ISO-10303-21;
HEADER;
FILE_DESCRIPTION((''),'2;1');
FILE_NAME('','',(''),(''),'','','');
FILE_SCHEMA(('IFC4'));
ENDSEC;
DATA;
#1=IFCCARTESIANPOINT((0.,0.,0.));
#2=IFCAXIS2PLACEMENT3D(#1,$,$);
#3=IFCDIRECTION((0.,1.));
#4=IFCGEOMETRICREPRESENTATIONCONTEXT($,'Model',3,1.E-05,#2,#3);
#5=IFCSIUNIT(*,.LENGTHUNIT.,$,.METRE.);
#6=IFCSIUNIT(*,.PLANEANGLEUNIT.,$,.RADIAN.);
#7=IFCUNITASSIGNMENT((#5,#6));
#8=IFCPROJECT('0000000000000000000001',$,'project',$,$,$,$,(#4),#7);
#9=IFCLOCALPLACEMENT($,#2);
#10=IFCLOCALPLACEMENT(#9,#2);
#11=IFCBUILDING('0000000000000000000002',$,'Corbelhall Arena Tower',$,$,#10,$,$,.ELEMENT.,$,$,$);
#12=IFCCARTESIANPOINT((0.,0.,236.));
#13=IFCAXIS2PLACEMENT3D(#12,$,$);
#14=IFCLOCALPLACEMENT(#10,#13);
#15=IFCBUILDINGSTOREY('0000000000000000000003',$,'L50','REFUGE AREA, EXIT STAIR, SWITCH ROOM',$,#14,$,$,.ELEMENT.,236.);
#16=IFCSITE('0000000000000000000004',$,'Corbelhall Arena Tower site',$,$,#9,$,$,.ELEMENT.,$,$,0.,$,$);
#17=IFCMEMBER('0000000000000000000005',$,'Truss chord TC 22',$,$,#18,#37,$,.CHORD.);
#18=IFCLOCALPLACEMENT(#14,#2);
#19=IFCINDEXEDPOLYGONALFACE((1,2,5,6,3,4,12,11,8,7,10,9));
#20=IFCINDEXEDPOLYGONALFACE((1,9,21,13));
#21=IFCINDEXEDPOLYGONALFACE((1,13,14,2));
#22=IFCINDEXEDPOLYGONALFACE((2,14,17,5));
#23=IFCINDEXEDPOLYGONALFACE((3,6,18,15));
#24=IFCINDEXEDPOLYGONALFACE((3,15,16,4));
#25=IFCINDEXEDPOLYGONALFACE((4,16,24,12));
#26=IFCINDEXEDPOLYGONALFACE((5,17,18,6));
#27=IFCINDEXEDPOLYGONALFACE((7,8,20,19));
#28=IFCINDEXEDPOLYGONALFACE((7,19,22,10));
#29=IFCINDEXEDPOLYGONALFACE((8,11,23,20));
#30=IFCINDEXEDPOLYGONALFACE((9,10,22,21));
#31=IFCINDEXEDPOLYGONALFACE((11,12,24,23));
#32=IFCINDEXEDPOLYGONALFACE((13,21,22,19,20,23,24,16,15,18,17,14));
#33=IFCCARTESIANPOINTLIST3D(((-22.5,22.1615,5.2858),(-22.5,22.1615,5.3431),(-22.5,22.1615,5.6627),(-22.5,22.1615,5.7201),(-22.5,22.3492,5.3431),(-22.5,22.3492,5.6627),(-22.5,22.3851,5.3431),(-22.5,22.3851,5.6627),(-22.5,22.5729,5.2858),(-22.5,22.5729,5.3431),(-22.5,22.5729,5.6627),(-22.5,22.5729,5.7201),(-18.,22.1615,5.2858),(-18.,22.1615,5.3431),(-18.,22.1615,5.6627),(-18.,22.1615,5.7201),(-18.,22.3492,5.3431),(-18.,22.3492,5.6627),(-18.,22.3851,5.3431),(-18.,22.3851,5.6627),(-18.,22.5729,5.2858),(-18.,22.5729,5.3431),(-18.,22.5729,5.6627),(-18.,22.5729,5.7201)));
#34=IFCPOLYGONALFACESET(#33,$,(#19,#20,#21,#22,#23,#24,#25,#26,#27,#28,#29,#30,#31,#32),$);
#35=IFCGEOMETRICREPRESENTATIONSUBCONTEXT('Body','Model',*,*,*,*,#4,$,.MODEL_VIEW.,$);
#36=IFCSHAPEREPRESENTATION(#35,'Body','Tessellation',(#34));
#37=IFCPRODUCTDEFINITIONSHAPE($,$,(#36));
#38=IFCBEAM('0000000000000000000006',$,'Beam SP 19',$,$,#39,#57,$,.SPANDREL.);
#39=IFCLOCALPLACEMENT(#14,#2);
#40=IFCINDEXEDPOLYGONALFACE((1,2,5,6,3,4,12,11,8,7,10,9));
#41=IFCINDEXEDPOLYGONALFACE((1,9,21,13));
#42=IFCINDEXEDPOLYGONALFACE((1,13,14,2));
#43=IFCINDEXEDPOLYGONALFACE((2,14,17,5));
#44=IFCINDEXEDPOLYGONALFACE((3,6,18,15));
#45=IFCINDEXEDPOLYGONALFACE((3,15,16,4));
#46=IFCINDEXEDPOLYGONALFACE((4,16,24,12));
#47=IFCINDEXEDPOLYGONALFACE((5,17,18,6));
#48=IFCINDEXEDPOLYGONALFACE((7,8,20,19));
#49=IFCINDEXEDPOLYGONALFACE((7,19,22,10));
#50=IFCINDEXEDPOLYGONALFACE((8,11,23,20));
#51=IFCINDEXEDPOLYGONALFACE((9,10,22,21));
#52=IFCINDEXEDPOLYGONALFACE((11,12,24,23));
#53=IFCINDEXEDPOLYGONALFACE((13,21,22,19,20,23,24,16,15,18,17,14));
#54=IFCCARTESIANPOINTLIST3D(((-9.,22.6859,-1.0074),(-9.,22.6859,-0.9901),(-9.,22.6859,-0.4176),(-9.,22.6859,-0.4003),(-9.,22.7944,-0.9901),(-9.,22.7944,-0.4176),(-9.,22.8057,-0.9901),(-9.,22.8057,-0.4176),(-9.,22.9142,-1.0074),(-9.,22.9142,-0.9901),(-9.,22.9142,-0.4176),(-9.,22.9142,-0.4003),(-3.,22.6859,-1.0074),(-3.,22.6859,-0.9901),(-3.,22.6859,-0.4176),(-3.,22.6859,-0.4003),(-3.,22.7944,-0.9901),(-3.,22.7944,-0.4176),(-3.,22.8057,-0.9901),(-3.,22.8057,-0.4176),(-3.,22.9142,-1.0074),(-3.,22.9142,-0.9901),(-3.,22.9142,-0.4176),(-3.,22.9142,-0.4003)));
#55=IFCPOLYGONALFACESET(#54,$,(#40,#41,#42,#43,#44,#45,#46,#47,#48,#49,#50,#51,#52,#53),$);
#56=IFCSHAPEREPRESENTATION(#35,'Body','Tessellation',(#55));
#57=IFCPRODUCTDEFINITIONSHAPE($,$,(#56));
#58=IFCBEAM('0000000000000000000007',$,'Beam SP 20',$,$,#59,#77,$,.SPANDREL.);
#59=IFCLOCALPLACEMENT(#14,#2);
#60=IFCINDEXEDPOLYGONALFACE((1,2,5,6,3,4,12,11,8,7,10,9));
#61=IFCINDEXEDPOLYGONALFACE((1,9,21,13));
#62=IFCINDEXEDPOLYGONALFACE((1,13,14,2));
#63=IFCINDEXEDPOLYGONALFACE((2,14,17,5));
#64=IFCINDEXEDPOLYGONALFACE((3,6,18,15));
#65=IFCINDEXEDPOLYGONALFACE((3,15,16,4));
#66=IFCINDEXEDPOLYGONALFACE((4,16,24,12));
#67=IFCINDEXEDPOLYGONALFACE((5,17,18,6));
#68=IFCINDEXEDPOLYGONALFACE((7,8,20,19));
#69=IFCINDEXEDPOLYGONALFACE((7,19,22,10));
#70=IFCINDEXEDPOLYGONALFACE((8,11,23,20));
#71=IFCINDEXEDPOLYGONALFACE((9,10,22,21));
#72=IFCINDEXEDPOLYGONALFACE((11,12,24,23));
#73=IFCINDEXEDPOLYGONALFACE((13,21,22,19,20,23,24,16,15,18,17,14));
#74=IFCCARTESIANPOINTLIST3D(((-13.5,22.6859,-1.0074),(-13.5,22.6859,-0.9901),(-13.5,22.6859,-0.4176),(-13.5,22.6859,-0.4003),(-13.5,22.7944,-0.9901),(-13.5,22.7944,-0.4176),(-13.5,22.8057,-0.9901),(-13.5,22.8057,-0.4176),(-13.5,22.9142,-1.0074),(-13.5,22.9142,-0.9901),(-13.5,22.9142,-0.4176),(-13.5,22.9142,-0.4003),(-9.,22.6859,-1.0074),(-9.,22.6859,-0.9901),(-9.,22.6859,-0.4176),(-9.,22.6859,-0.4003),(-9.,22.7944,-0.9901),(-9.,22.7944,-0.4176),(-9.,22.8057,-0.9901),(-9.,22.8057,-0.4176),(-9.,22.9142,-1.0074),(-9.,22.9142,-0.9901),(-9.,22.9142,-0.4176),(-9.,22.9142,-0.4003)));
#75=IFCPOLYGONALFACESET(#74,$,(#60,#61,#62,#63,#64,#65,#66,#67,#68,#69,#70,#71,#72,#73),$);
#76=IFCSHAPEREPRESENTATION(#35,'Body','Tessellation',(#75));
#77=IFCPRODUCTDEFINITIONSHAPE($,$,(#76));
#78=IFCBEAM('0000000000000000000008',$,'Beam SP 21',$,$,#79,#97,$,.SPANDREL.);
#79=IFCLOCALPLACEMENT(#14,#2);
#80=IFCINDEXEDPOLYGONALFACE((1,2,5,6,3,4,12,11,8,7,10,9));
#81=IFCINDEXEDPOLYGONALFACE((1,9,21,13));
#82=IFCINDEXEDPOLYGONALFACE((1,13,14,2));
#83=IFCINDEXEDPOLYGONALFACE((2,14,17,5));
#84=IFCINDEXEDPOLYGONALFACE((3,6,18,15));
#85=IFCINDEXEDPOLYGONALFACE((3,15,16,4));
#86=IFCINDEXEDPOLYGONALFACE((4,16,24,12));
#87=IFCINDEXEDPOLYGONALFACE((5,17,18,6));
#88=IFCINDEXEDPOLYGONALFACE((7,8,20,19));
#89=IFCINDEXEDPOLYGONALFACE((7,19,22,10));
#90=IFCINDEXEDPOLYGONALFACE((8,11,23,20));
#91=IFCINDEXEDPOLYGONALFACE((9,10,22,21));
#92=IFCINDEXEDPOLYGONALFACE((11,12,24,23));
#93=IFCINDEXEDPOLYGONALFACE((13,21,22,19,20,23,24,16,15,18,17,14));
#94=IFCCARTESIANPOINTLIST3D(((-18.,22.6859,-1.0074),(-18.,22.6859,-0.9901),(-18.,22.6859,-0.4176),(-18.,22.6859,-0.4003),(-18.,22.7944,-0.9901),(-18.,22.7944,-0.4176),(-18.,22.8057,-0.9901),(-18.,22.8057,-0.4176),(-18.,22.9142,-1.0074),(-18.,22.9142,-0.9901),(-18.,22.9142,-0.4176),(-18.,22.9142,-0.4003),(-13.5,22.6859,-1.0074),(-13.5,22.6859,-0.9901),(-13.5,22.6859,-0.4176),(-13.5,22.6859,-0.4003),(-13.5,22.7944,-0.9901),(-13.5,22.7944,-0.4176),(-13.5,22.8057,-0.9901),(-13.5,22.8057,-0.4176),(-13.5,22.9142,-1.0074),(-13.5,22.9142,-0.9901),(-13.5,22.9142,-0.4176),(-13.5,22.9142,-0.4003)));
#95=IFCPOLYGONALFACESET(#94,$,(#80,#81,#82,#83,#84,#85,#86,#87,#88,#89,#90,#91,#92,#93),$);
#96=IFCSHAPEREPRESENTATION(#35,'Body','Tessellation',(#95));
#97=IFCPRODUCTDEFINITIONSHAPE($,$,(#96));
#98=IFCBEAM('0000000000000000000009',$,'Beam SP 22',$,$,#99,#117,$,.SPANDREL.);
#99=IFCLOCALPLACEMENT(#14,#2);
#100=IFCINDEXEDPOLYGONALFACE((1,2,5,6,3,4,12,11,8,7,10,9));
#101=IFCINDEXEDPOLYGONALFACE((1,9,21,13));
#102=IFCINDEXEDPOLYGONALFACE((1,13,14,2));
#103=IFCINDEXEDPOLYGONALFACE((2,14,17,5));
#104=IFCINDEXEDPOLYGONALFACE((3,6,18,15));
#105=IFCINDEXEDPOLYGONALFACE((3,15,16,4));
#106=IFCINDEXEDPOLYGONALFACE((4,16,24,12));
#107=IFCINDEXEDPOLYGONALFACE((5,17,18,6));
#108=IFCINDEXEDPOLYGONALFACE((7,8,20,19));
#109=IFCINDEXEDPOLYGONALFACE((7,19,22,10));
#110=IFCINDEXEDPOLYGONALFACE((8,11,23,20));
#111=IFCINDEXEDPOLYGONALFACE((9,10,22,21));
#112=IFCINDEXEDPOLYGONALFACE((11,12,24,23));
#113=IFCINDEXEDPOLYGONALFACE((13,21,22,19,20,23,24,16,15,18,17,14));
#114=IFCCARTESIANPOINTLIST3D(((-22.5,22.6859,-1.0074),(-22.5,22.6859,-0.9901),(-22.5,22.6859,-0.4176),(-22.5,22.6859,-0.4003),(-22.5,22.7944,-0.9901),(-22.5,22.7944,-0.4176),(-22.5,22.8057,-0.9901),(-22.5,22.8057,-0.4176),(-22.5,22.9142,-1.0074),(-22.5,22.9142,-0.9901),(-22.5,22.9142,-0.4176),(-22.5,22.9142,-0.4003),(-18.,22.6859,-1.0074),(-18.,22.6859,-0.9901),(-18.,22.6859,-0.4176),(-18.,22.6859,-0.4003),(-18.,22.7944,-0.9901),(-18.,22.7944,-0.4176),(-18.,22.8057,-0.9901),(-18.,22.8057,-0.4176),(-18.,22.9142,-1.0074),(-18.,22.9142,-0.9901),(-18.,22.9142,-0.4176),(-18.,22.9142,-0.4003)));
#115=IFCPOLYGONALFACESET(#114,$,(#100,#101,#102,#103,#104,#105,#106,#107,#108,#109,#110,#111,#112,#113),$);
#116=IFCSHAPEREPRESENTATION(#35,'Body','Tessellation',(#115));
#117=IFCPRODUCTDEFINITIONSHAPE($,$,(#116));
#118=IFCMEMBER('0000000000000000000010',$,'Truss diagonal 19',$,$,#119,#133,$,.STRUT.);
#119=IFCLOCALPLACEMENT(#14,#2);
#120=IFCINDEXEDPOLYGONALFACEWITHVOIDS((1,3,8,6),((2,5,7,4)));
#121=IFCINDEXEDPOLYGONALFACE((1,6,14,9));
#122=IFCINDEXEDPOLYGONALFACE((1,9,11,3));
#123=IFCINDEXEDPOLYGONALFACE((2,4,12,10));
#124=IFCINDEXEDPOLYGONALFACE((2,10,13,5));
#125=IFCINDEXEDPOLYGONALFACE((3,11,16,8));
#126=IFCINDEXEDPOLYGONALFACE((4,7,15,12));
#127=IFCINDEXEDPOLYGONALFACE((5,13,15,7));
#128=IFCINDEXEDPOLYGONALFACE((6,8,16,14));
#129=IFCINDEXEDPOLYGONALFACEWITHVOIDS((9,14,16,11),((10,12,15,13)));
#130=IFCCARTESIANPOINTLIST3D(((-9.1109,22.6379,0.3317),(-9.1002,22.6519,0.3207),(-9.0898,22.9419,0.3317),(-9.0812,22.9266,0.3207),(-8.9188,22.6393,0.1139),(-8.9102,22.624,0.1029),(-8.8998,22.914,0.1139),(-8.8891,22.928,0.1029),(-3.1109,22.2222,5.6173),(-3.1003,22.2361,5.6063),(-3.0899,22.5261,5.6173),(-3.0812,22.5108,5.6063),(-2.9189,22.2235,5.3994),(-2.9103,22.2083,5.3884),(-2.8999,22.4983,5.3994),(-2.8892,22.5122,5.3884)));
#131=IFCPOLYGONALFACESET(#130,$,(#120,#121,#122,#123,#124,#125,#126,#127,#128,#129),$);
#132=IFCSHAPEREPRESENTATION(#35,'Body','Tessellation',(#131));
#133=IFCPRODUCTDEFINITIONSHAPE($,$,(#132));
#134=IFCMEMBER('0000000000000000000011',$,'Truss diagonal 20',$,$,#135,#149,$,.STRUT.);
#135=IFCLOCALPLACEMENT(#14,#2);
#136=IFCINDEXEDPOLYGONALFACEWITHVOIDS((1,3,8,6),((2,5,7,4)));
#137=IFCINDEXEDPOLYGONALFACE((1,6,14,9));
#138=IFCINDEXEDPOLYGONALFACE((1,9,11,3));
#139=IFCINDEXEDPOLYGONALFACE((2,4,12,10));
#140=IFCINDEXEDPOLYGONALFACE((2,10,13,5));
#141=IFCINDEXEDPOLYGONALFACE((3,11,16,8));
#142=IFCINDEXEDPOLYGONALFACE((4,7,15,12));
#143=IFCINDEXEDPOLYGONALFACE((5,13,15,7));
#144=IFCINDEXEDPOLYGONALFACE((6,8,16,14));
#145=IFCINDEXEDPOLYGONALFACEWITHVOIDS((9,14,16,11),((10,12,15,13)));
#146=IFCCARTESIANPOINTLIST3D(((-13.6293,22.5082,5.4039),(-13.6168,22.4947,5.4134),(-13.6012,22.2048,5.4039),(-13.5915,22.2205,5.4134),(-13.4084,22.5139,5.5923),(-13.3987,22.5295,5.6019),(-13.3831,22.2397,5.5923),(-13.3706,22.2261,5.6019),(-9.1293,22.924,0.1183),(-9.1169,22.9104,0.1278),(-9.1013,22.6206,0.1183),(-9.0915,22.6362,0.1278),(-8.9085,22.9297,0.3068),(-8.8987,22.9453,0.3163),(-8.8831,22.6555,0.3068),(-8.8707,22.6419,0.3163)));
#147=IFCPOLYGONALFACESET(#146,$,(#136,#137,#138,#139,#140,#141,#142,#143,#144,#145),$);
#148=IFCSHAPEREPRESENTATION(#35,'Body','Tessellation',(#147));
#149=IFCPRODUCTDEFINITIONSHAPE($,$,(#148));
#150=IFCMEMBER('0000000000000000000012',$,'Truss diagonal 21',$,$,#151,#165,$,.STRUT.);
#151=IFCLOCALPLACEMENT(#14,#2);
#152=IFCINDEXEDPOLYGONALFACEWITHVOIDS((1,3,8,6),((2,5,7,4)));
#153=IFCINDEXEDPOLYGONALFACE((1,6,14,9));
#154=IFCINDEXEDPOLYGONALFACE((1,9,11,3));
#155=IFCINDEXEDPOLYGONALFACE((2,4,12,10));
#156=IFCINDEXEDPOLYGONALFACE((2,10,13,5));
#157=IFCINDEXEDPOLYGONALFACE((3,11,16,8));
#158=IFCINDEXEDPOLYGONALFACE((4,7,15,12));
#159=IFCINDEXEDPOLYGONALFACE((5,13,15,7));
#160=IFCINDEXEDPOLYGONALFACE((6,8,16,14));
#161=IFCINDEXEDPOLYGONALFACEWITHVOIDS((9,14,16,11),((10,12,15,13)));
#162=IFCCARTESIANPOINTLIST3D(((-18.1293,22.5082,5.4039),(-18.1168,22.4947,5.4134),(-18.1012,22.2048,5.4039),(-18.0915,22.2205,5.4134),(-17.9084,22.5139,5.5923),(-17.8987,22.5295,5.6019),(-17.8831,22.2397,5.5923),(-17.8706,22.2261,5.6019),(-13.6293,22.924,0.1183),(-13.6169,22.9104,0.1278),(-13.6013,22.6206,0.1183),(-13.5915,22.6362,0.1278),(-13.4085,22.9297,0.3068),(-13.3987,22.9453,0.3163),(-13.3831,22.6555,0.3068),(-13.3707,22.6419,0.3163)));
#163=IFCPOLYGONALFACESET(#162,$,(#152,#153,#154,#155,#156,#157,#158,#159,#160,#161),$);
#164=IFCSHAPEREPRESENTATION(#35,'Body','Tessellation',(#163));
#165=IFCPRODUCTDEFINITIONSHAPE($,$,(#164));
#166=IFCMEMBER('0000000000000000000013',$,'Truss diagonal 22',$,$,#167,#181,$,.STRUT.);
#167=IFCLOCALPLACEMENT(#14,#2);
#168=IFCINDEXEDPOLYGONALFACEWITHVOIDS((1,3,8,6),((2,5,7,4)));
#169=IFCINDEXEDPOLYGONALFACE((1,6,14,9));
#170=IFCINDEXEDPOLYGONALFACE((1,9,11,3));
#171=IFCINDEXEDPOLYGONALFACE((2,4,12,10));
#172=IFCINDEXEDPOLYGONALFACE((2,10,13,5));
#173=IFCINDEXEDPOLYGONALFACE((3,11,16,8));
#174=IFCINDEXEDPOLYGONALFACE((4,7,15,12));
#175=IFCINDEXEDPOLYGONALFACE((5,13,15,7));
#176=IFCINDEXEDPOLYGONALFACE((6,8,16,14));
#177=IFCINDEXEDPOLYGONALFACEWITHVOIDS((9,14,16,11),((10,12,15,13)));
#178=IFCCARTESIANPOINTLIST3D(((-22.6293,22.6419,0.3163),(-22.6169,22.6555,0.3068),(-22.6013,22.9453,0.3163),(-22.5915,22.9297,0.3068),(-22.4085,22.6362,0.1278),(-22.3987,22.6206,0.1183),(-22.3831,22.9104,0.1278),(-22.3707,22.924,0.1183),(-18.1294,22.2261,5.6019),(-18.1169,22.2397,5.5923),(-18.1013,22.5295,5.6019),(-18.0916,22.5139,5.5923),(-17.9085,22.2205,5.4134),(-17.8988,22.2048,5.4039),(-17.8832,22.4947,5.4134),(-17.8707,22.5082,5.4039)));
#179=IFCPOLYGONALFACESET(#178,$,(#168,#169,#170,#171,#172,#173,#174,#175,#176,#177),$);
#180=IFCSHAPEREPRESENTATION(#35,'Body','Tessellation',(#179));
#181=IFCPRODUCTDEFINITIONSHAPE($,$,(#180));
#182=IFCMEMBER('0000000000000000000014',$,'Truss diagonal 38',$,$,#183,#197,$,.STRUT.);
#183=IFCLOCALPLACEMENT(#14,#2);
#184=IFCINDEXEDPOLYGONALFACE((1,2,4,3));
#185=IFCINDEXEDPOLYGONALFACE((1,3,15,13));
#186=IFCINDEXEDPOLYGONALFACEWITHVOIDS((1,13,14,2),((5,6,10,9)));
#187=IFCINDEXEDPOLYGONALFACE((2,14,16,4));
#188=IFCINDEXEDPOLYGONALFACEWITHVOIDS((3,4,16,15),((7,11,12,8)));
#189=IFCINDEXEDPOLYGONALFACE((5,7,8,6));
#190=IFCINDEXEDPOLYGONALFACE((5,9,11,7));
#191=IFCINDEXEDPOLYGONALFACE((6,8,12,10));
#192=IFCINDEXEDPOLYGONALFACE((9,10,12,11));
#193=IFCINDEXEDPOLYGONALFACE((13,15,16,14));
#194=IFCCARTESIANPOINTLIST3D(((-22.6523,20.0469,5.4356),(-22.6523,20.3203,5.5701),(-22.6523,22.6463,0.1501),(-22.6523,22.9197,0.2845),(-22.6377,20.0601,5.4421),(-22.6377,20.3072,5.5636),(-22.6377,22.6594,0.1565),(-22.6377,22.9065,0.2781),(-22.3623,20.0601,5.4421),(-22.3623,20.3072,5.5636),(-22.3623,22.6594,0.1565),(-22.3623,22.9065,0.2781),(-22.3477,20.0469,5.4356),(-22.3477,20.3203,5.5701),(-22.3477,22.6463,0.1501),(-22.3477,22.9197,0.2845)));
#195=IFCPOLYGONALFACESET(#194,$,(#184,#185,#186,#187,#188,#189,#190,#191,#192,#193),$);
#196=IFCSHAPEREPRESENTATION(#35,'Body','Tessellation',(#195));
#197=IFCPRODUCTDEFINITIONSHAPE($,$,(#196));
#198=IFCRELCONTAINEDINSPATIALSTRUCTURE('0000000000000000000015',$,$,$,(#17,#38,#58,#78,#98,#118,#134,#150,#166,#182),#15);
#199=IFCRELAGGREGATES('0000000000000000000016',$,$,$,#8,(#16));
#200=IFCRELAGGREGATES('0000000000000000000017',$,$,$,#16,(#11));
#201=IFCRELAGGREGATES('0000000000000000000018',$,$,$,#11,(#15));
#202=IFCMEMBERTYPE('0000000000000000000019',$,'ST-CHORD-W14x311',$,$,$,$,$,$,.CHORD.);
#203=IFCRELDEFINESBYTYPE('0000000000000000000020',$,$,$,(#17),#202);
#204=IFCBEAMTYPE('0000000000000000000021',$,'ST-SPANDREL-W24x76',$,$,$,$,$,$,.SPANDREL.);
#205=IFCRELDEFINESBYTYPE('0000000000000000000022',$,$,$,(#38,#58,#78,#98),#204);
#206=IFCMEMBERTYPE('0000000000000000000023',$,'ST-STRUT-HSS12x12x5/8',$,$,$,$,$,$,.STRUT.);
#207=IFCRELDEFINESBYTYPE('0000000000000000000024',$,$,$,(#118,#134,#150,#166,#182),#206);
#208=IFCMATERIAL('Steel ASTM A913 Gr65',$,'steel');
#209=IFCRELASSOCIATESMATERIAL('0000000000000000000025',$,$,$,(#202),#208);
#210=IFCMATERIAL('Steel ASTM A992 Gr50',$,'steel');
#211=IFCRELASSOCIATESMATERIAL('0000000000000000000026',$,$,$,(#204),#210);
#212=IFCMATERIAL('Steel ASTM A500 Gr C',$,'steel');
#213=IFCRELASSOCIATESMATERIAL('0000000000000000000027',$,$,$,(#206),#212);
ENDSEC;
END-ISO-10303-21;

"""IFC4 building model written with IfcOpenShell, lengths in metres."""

from ifc_helpers import new_model, si_unit, direction, frame, origin, origin_2d, place, context, subcontext, project, spatial, hollow_rectangle, i_section, extrude, material, material_profile, profile_set, type_object, element, save


model = new_model("IFC4")

# Units and contexts
model_context = context("Model", 3, precision=1e-05, world=origin(), true_north=direction((0.0, 1.0)))
body_context = subcontext(model_context, "Body", "Model", "MODEL_VIEW")
ifc_project = project(units=[si_unit("LENGTHUNIT", "METRE"), si_unit("PLANEANGLEUNIT", "RADIAN")], contexts=[model_context])

# Site, building, storey
site_placement = place(None, origin())
site = spatial("IfcSite", under=ifc_project, at=site_placement, Name="Corbelhall Arena Tower site", CompositionType="ELEMENT", RefElevation=0.0)
building_placement = place(site_placement, origin())
building = spatial("IfcBuilding", under=site, at=building_placement, Name="Corbelhall Arena Tower", CompositionType="ELEMENT")
storey_placement = place(building_placement, frame((0.0, 0.0, 236.0)))
storey = spatial("IfcBuildingStorey", under=building, at=storey_placement, Name="L50", Description="REFUGE AREA, EXIT STAIR, SWITCH ROOM", CompositionType="ELEMENT", Elevation=236.0)

# Member
ifc_material_1 = material(Name="Steel ASTM A913 Gr65", Category="steel")
ifc_material_profile_1 = material_profile(ifc_material_1, i_section(OverallWidth=0.4114, OverallDepth=0.4343, WebThickness=0.0359, FlangeThickness=0.0574, at=origin_2d()))
ifc_profile_set_1 = profile_set([ifc_material_profile_1], Name="Steel ASTM A913 Gr65")
member_type_1 = type_object("IfcMemberType", Name="ST-CHORD-W14x311", PredefinedType="CHORD", material=ifc_profile_set_1)
for number, where, z_axis, x_axis, name in (
    (1, (-22.5, 22.3672, 5.5029), (1.0, 0.0, 0.0), (0.0, 1.0, 0.0), "Truss chord TC 22"),
):
    element("IfcMember", number, at=place(storey_placement, frame(where, z_axis=z_axis, x_axis=x_axis)), inside=storey, type_object=member_type_1, Name=name, PredefinedType="CHORD", context=body_context, shape_type="SweptSolid", body=[
        extrude(i_section(OverallWidth=0.4114, OverallDepth=0.4343, WebThickness=0.0359, FlangeThickness=0.0574, at=origin_2d()), origin(), (0.0, 0.0, 1.0), 4.5),
    ])

# Beams
ifc_material_2 = material(Name="Steel ASTM A992 Gr50", Category="steel")
ifc_material_profile_2 = material_profile(ifc_material_2, i_section(OverallWidth=0.2283, OverallDepth=0.6072, WebThickness=0.0112, FlangeThickness=0.0173, at=origin_2d()))
ifc_profile_set_2 = profile_set([ifc_material_profile_2], Name="Steel ASTM A992 Gr50")
beam_type = type_object("IfcBeamType", Name="ST-SPANDREL-W24x76", PredefinedType="SPANDREL", material=ifc_profile_set_2)
beam_placement = place(storey_placement, frame((-9.0, 22.8, -0.7039), z_axis=(1.0, 0.0, 0.0), x_axis=(0.0, 1.0, 0.0)))
element("IfcBeam", 2, at=beam_placement, inside=storey, type_object=beam_type, Name="Beam SP 19", PredefinedType="SPANDREL", context=body_context, shape_type="SweptSolid", body=[
    extrude(i_section(OverallWidth=0.2283, OverallDepth=0.6072, WebThickness=0.0112, FlangeThickness=0.0173, at=origin_2d()), origin(), (0.0, 0.0, 1.0), 6.0),
])
for number, where, z_axis, x_axis, name in (
    (3, (-13.5, 22.8, -0.7039), (1.0, 0.0, 0.0), (0.0, 1.0, 0.0), "Beam SP 20"),
    (4, (-18.0, 22.8, -0.7039), (1.0, 0.0, 0.0), (0.0, 1.0, 0.0), "Beam SP 21"),
    (5, (-22.5, 22.8, -0.7039), (1.0, 0.0, 0.0), (0.0, 1.0, 0.0), "Beam SP 22"),
):
    element("IfcBeam", number, at=place(storey_placement, frame(where, z_axis=z_axis, x_axis=x_axis)), inside=storey, type_object=beam_type, Name=name, PredefinedType="SPANDREL", context=body_context, shape_type="SweptSolid", body=[
        extrude(i_section(OverallWidth=0.2283, OverallDepth=0.6072, WebThickness=0.0112, FlangeThickness=0.0173, at=origin_2d()), origin(), (0.0, 0.0, 1.0), 4.5),
    ])

# Members
ifc_material_3 = material(Name="Steel ASTM A500 Gr C", Category="steel")
ifc_material_profile_3 = material_profile(ifc_material_3, hollow_rectangle(XDim=0.3047, YDim=0.3047, WallThickness=0.0146, at=origin_2d()))
ifc_profile_set_3 = profile_set([ifc_material_profile_3], Name="Steel ASTM A500 Gr C")
member_type_2 = type_object("IfcMemberType", Name="ST-STRUT-HSS12x12x5/8", PredefinedType="STRUT", material=ifc_profile_set_3)
member_1_placement = place(storey_placement, frame((-9.0, 22.783, 0.2173), z_axis=(0.749351, -0.051926, 0.660134), x_axis=(0.069129, 0.997608, 0.0)))
element("IfcMember", 6, at=member_1_placement, inside=storey, type_object=member_type_2, Name="Truss diagonal 19", PredefinedType="STRUT", context=body_context, shape_type="SweptSolid", body=[
    extrude(hollow_rectangle(XDim=0.3047, YDim=0.3047, WallThickness=0.0146, at=origin_2d()), origin(), (0.0, 0.0, 1.0), 8.0068),
])
for number, where, z_axis, x_axis, name in (
    (7, (-9.0, 22.783, 0.2173), (-0.647091, -0.059787, 0.760065), (0.092002, -0.995759, 0.0), "Truss diagonal 20"),
    (8, (-13.5, 22.783, 0.2173), (-0.647091, -0.059787, 0.760065), (0.092002, -0.995759, 0.0), "Truss diagonal 21"),
    (9, (-22.5, 22.783, 0.2173), (0.647091, -0.059787, 0.760065), (0.092002, 0.995759, 0.0), "Truss diagonal 22"),
):
    element("IfcMember", number, at=place(storey_placement, frame(where, z_axis=z_axis, x_axis=x_axis)), inside=storey, type_object=member_type_2, Name=name, PredefinedType="STRUT", context=body_context, shape_type="SweptSolid", body=[
        extrude(hollow_rectangle(XDim=0.3047, YDim=0.3047, WallThickness=0.0146, at=origin_2d()), origin(), (0.0, 0.0, 1.0), 6.9541),
    ])
member_2_placement = place(storey_placement, frame((-22.5, 22.783, 0.2173), z_axis=(0.0, -0.441302, 0.897359), x_axis=(1.0, 0.0, 0.0)))
element("IfcMember", 10, at=member_2_placement, inside=storey, type_object=member_type_2, Name="Truss diagonal 38", PredefinedType="STRUT", context=body_context, shape_type="SweptSolid", body=[
    extrude(hollow_rectangle(XDim=0.3047, YDim=0.3047, WallThickness=0.0146, at=origin_2d()), origin(), (0.0, 0.0, 1.0), 5.8901),
])

save(model, "model.ifc")
